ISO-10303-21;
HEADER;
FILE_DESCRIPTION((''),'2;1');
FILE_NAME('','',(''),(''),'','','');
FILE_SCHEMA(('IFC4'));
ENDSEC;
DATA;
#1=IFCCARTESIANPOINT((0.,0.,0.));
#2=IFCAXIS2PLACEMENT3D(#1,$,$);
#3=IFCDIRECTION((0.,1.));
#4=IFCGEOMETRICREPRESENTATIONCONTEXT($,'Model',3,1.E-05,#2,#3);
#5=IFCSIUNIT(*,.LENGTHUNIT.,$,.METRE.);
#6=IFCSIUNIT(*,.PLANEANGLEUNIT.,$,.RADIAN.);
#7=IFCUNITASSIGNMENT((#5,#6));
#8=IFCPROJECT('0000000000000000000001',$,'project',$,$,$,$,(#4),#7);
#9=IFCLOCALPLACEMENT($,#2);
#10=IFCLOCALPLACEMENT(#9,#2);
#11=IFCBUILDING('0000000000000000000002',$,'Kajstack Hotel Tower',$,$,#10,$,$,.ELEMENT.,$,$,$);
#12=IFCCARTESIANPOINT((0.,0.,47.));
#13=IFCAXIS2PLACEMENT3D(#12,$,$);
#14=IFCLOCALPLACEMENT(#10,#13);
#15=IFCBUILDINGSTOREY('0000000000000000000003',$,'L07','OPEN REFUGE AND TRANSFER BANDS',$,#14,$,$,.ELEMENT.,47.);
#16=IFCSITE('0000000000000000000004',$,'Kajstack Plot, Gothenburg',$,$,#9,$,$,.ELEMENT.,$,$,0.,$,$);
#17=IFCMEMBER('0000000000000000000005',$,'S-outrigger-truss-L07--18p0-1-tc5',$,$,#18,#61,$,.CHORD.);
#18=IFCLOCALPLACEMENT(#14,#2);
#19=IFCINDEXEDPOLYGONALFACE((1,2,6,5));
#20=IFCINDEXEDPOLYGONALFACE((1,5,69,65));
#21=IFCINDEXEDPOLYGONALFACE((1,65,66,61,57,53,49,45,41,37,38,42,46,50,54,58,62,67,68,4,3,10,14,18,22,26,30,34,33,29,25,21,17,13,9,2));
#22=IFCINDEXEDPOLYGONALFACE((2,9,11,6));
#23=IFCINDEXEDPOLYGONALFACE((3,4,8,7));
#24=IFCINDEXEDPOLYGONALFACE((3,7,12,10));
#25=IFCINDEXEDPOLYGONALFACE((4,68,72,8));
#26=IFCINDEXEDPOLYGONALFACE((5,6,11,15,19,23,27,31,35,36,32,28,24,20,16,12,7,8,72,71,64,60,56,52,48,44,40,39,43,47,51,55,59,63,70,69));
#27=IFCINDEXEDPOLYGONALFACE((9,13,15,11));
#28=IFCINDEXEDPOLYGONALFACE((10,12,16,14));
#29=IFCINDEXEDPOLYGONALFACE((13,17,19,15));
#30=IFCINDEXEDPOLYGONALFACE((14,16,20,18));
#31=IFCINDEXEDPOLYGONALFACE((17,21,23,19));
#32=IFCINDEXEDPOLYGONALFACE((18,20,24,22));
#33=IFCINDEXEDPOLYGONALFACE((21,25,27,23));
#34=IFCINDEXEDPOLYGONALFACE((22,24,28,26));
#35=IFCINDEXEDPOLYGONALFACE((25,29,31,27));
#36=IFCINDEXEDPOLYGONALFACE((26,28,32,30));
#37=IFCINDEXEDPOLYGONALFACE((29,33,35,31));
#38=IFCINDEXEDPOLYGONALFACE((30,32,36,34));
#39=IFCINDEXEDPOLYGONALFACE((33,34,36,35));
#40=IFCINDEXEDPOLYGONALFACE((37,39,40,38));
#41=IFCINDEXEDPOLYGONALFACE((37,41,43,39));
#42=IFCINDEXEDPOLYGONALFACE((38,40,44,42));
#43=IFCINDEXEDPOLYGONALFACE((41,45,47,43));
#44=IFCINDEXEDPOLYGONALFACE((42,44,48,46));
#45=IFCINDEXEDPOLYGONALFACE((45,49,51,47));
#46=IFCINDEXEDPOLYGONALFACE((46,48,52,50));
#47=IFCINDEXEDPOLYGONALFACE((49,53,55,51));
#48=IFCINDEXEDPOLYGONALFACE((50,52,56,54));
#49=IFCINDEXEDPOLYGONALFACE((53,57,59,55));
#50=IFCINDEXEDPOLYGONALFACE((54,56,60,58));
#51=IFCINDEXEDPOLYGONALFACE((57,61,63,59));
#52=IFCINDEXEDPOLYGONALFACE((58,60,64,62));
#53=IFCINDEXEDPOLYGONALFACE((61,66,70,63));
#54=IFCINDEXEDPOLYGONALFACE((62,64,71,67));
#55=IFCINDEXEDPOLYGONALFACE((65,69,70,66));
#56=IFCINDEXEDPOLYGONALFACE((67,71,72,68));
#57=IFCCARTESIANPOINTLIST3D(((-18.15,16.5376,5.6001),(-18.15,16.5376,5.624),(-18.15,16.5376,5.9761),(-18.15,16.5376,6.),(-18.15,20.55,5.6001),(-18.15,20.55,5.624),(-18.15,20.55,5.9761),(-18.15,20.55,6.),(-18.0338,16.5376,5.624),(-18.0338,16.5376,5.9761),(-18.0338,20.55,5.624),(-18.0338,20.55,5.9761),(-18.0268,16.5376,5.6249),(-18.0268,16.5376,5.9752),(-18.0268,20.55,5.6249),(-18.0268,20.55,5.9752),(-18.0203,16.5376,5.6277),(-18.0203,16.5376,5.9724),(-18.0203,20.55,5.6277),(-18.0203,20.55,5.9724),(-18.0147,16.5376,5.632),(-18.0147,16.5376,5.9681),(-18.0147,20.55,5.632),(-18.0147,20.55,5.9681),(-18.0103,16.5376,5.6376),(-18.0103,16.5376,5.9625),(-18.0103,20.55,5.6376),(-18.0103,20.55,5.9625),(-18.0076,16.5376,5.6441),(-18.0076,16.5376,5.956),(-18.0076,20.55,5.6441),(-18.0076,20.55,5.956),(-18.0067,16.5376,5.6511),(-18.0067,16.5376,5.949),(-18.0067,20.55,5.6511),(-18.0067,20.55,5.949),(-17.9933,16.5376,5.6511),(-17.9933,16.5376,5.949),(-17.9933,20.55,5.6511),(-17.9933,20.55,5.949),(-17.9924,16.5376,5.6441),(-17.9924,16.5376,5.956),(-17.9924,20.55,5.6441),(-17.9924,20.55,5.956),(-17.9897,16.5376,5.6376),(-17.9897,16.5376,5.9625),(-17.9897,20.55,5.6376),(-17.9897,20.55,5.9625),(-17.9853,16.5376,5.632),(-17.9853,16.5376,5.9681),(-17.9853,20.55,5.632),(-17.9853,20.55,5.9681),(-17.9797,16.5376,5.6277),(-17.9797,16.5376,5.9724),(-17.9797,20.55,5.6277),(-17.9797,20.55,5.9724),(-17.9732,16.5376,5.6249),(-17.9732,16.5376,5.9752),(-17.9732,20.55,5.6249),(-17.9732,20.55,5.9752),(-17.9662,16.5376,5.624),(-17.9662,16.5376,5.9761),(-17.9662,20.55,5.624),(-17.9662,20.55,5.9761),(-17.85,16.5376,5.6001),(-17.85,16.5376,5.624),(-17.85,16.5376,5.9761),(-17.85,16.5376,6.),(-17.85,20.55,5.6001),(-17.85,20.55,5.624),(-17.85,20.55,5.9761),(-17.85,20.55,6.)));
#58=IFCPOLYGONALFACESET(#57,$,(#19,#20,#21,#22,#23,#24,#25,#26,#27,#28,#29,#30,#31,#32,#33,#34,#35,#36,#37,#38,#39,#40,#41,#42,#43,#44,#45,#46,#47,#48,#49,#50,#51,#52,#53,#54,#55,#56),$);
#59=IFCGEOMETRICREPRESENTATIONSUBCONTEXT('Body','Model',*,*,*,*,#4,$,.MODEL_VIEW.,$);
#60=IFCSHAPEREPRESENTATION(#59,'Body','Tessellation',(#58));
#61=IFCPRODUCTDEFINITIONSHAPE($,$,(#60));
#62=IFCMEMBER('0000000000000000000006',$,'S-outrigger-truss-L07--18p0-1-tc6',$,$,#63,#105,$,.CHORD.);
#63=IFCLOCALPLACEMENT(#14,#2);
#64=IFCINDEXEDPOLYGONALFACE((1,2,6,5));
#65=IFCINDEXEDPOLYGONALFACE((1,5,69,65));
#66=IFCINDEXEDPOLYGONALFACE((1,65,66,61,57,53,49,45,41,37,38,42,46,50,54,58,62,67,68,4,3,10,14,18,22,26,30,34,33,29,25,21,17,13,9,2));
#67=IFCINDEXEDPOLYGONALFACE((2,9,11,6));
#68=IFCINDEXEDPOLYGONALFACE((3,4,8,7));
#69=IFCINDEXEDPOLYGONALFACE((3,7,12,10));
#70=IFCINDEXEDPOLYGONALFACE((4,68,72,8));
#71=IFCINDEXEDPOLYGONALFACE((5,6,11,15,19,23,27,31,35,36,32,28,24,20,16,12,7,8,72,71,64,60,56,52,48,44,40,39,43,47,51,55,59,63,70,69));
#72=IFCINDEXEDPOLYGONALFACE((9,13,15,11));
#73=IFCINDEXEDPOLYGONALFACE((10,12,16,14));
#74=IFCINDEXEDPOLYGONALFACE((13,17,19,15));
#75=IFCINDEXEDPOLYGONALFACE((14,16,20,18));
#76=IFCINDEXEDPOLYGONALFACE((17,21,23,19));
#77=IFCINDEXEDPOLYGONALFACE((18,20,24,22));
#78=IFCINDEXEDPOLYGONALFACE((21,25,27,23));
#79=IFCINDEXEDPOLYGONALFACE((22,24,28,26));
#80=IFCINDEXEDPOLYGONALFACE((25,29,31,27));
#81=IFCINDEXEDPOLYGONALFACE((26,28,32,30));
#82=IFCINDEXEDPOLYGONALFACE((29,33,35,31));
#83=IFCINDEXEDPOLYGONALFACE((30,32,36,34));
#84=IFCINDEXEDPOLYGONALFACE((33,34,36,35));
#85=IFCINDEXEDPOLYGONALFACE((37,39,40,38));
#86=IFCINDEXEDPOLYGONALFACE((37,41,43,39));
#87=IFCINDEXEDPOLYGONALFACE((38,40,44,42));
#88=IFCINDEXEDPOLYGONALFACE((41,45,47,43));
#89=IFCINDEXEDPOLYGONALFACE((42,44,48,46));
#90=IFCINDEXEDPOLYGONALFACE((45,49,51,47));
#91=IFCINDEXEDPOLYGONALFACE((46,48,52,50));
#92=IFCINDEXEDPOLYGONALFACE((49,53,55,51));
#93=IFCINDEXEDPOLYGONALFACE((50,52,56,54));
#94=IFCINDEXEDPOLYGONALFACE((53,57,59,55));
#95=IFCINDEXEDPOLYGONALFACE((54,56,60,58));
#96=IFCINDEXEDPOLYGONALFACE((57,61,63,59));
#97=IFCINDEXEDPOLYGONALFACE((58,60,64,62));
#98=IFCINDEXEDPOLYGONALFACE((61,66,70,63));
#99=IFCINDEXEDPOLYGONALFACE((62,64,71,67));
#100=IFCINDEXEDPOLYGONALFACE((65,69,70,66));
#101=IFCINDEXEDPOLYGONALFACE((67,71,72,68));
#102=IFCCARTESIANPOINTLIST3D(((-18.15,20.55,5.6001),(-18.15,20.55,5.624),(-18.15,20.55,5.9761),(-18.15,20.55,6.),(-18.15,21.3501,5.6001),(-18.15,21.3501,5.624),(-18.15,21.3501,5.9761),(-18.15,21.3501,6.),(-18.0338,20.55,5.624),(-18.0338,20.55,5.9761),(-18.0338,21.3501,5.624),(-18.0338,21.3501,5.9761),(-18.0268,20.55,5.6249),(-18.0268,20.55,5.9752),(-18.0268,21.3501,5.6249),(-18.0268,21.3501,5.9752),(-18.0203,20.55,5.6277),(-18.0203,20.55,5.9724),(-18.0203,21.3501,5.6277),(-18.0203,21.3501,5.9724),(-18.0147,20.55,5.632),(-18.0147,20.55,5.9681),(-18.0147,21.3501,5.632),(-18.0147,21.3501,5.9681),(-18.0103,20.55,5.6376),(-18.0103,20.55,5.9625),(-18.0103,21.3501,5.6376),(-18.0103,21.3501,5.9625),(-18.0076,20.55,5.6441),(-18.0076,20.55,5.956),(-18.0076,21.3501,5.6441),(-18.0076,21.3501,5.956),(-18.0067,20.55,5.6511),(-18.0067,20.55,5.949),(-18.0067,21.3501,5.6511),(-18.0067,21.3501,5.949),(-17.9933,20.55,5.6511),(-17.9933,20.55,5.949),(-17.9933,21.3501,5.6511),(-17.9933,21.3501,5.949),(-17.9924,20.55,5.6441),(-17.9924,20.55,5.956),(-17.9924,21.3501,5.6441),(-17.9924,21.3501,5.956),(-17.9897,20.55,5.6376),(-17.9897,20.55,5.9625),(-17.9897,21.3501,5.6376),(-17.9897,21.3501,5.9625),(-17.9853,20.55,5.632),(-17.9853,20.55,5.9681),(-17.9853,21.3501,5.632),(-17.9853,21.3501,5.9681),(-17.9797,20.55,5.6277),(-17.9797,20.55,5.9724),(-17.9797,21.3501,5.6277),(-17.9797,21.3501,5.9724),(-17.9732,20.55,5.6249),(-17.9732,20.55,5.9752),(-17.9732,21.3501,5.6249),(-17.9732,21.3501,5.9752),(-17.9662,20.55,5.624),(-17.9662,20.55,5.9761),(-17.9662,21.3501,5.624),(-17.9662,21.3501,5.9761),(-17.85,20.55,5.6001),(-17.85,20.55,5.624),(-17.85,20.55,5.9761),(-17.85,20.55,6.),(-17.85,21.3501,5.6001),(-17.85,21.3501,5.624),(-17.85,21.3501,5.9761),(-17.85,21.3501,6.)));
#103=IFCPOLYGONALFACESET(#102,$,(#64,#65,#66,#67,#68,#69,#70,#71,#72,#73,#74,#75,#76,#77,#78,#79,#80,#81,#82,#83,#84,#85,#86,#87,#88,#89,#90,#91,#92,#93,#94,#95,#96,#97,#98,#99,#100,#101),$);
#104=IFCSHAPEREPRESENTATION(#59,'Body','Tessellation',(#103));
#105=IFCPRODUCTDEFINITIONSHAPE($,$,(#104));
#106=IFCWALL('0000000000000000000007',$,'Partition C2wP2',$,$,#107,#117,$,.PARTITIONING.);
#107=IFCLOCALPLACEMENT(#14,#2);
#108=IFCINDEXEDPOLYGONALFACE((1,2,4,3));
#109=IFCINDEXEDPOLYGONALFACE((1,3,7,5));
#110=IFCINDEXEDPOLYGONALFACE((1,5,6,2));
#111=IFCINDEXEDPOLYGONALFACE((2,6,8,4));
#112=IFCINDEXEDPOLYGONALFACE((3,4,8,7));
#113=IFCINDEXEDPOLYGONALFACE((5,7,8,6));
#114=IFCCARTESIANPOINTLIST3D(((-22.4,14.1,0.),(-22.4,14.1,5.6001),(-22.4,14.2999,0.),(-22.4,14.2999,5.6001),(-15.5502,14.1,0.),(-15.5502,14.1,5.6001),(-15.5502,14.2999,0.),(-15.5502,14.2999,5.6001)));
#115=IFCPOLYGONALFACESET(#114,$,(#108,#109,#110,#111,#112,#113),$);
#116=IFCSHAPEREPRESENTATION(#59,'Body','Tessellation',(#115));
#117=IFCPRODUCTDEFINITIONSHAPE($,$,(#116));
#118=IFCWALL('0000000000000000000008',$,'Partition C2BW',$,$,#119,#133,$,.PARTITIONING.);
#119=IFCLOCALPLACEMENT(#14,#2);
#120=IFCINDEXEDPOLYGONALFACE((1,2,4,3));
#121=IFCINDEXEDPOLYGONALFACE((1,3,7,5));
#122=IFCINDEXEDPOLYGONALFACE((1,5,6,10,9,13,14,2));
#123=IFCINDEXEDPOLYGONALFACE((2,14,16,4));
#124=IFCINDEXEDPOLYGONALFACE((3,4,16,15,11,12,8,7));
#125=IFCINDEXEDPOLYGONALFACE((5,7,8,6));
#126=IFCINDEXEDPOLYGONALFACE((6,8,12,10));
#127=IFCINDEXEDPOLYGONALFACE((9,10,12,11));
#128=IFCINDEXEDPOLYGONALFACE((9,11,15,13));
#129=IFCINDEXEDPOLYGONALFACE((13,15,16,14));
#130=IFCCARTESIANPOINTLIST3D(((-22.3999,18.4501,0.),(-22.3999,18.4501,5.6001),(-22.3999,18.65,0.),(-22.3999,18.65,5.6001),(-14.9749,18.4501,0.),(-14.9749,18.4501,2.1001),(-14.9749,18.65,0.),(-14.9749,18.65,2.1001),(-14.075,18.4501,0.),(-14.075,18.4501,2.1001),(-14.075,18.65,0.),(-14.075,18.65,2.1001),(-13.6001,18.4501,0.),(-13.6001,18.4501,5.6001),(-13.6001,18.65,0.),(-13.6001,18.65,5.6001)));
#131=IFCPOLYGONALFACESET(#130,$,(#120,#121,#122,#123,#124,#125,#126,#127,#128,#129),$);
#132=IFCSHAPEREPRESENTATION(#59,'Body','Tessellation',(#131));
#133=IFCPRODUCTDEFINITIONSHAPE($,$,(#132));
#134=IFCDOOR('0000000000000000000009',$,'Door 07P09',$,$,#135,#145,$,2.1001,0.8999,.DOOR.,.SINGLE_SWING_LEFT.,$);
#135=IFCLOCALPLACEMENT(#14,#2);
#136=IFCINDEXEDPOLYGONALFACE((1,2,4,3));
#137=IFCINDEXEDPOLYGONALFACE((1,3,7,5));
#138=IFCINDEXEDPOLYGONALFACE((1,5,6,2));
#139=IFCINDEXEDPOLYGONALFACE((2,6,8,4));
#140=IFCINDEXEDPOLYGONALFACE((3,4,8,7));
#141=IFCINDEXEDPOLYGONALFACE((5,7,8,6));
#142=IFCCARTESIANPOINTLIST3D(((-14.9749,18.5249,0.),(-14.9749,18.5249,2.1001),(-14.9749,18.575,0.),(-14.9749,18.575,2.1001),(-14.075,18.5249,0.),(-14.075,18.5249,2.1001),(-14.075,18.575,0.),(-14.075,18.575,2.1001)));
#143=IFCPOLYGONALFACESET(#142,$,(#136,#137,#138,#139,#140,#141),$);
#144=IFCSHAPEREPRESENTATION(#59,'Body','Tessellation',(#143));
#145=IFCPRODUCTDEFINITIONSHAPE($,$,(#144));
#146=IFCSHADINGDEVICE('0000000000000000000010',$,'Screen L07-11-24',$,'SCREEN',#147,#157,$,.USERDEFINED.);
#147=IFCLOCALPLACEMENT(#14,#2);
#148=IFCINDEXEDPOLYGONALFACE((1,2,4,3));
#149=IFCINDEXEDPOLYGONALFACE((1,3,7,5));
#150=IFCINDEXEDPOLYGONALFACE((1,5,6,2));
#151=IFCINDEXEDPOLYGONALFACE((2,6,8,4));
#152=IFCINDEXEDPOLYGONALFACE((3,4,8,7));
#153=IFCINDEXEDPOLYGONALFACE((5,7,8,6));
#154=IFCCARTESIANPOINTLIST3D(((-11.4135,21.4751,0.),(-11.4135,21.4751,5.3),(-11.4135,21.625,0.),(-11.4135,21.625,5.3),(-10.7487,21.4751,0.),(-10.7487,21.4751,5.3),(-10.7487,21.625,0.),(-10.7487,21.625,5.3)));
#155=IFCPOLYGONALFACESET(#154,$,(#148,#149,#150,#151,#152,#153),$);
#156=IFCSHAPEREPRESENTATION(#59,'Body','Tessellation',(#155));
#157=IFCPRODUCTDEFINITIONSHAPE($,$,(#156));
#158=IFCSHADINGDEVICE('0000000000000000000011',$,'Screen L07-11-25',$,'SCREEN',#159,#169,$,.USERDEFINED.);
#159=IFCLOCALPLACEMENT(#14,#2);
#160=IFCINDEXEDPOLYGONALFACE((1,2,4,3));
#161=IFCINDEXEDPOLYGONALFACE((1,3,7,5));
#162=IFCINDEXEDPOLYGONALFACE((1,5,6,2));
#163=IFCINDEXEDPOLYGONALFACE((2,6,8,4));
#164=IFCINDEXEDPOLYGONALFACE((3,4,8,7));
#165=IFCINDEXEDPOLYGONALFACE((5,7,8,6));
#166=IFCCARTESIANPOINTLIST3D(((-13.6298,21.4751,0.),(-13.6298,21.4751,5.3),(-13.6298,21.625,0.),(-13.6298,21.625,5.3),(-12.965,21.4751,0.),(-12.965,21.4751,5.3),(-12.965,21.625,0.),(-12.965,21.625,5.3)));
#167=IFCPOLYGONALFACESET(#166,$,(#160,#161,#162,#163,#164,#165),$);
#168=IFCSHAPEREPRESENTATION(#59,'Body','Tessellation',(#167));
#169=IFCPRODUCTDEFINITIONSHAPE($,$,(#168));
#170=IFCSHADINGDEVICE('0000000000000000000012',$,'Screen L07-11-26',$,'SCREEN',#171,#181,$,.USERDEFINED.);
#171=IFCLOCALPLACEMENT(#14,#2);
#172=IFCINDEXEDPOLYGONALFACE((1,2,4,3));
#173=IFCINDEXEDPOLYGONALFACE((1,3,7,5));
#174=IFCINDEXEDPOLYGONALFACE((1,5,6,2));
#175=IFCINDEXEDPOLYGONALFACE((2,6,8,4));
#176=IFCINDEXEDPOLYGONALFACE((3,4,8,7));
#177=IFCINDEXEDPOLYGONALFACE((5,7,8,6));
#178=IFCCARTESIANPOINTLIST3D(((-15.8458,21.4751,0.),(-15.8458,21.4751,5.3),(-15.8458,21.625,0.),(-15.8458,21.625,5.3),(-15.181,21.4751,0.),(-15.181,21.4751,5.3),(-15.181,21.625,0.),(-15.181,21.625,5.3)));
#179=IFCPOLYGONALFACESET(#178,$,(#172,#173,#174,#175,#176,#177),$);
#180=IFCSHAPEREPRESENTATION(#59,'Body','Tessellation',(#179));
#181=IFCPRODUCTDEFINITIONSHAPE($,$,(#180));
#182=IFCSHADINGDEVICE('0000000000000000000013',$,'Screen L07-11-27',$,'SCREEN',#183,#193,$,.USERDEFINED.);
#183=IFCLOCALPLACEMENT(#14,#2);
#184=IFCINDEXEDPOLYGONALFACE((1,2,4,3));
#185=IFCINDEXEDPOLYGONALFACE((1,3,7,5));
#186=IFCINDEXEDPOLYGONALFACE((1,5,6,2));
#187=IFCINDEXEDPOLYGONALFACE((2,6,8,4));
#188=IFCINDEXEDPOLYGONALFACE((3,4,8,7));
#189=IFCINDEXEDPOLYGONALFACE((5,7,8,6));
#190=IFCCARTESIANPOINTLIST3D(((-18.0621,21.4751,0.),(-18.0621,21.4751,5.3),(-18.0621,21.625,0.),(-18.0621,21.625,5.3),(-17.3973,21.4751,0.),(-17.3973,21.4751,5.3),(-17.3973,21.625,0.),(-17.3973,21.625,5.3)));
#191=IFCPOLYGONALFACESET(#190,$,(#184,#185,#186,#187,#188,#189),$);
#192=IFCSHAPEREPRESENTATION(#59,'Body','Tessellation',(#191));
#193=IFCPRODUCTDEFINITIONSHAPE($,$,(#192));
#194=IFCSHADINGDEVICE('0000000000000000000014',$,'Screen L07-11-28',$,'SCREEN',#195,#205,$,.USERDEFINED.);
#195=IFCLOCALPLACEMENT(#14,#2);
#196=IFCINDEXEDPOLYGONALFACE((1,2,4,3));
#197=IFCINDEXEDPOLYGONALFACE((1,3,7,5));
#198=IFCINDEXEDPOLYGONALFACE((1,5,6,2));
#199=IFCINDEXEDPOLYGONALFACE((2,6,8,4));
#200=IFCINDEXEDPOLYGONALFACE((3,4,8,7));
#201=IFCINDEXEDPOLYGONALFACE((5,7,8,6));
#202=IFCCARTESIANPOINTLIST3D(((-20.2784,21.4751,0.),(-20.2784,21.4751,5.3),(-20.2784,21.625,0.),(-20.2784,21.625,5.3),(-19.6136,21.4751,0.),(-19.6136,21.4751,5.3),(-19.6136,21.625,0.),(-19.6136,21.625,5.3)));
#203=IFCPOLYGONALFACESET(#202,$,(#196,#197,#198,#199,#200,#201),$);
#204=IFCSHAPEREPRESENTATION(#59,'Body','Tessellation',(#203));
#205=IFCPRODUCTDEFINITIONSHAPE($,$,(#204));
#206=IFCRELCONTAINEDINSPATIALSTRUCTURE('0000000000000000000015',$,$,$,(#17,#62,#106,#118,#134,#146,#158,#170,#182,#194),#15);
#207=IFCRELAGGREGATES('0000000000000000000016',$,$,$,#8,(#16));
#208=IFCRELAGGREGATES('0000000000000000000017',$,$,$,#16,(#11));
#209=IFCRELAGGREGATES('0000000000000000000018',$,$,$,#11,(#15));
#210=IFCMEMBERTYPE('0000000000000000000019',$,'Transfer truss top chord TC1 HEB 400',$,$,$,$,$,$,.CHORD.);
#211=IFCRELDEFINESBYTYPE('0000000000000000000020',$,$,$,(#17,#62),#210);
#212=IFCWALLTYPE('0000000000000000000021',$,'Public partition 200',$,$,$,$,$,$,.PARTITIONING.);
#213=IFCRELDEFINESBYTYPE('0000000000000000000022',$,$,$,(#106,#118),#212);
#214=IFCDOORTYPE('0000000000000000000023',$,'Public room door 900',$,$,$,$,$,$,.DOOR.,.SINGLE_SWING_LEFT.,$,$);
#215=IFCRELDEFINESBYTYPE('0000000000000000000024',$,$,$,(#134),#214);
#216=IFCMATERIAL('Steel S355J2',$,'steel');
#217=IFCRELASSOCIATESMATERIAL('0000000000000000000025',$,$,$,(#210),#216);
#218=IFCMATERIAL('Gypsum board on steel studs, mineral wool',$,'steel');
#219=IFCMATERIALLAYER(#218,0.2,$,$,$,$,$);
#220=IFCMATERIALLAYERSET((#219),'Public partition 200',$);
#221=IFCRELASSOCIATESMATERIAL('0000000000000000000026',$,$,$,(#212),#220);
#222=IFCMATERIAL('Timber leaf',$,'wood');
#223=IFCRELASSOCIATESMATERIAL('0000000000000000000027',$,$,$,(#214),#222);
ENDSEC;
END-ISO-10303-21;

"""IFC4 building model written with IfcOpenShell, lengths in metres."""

from ifc_helpers import new_model, si_unit, direction, frame, frame_2d, origin, origin_2d, place, context, subcontext, project, spatial, rectangle, i_section, extrude, material, layer, layer_set, material_profile, profile_set, type_object, element, fill, save


model = new_model("IFC4")

# Units and contexts
model_context = context("Model", 3, precision=1e-05, world=origin(), true_north=direction((0.0, 1.0)))
body_context = subcontext(model_context, "Body", "Model", "MODEL_VIEW")
ifc_project = project(units=[si_unit("LENGTHUNIT", "METRE"), si_unit("PLANEANGLEUNIT", "RADIAN")], contexts=[model_context])

# Site, building, storey
site_placement = place(None, origin())
site = spatial("IfcSite", under=ifc_project, at=site_placement, Name="Kajstack Plot, Gothenburg", CompositionType="ELEMENT", RefElevation=0.0)
building_placement = place(site_placement, origin())
building = spatial("IfcBuilding", under=site, at=building_placement, Name="Kajstack Hotel Tower", CompositionType="ELEMENT")
storey_placement = place(building_placement, frame((0.0, 0.0, 47.0)))
storey = spatial("IfcBuildingStorey", under=building, at=storey_placement, Name="L07", Description="OPEN REFUGE AND TRANSFER BANDS", CompositionType="ELEMENT", Elevation=47.0)

# Members
ifc_material_1 = material(Name="Steel S355J2", Category="steel")
ifc_material_profile_1 = material_profile(ifc_material_1, i_section(OverallWidth=0.3, OverallDepth=0.3999, WebThickness=0.0134, FlangeThickness=0.0239, FilletRadius=0.0271, at=origin_2d()), Name="HEB 400")
ifc_profile_set_1 = profile_set([ifc_material_profile_1], Name="Steel S355J2")
member_type_1 = type_object("IfcMemberType", Name="Transfer truss top chord TC1 HEB 400", PredefinedType="CHORD", material=ifc_profile_set_1)
member_1_placement = place(storey_placement, frame((-18.0, 16.5376, 5.8), z_axis=(0.0, 1.0, 0.0), x_axis=(-1.0, 0.0, 0.0)))
element("IfcMember", 1, at=member_1_placement, inside=storey, type_object=member_type_1, Name="S-outrigger-truss-L07--18p0-1-tc5", PredefinedType="CHORD", context=body_context, shape_type="SweptSolid", body=[
    extrude(i_section(OverallWidth=0.3, OverallDepth=0.3999, WebThickness=0.0134, FlangeThickness=0.0239, FilletRadius=0.0271, at=origin_2d()), origin(), (0.0, 0.0, 1.0), 4.0125),
])
member_2_placement = place(storey_placement, frame((-18.0, 20.55, 5.8), z_axis=(0.0, 1.0, 0.0), x_axis=(-1.0, 0.0, 0.0)))
element("IfcMember", 2, at=member_2_placement, inside=storey, type_object=member_type_1, Name="S-outrigger-truss-L07--18p0-1-tc6", PredefinedType="CHORD", context=body_context, shape_type="SweptSolid", body=[
    extrude(i_section(OverallWidth=0.3, OverallDepth=0.3999, WebThickness=0.0134, FlangeThickness=0.0239, FilletRadius=0.0271, at=origin_2d()), origin(), (0.0, 0.0, 1.0), 0.8),
])

# Wall
ifc_material_2 = material(Name="Gypsum board on steel studs, mineral wool", Category="steel")
ifc_layer_1 = layer(ifc_material_2, 0.2)
ifc_layer_set_1 = layer_set([ifc_layer_1], Name="Public partition 200")
wall_type = type_object("IfcWallType", Name="Public partition 200", PredefinedType="PARTITIONING", material=ifc_layer_set_1)
wall_1_placement = place(storey_placement, frame((-22.3999, 14.2, 0.0), z_axis=(0.0, 0.0, 1.0), x_axis=(1.0, 0.0, 0.0)))
element("IfcWall", 3, at=wall_1_placement, inside=storey, type_object=wall_type, Name="Partition C2wP2", PredefinedType="PARTITIONING", context=body_context, shape_type="SweptSolid", body=[
    extrude(rectangle(XDim=6.8499, YDim=0.2, at=frame_2d((3.4248, 0.0))), origin(), (0.0, 0.0, 1.0), 5.6001),
])

# Wall, opening, door
wall_2_placement = place(storey_placement, frame((-22.3999, 18.55, 0.0), z_axis=(0.0, 0.0, 1.0), x_axis=(1.0, 0.0, 0.0)))
wall_2 = element("IfcWall", 4, at=wall_2_placement, inside=storey, type_object=wall_type, Name="Partition C2BW", PredefinedType="PARTITIONING", context=body_context, shape_type="SweptSolid", body=[
    extrude(rectangle(XDim=8.7998, YDim=0.2, at=frame_2d((4.3999, 0.0))), origin(), (0.0, 0.0, 1.0), 5.6001),
])
opening_placement = place(wall_2_placement, frame((7.425, 0.0, 0.0)))
opening = element("IfcOpeningElement", 5, at=opening_placement, cuts=wall_2, PredefinedType="OPENING", context=body_context, shape_type="SweptSolid", body=[
    extrude(rectangle(XDim=0.8999, YDim=2.1001, at=frame_2d((0.45, 1.05))), frame((0.0, 0.1099, 0.0), z_axis=(0.0, -1.0, 0.0), x_axis=(1.0, 0.0, 0.0)), (0.0, 0.0, 1.0), 0.22),
])
ifc_material_3 = material(Name="Timber leaf", Category="wood")
door_type = type_object("IfcDoorType", Name="Public room door 900", OperationType="SINGLE_SWING_LEFT", PredefinedType="DOOR", material=ifc_material_3)
door_placement = place(opening_placement, origin())
door = element("IfcDoor", 6, at=door_placement, inside=storey, type_object=door_type, Name="Door 07P09", OperationType="SINGLE_SWING_LEFT", OverallHeight=2.1001, OverallWidth=0.8999, PredefinedType="DOOR", context=body_context, shape_type="SweptSolid", body=[
    extrude(rectangle(XDim=0.8999, YDim=2.1001, at=frame_2d((0.45, 1.05))), frame((0.0, 0.0249, 0.0), z_axis=(0.0, -1.0, 0.0), x_axis=(1.0, 0.0, 0.0)), (0.0, 0.0, 1.0), 0.05),
])
fill(opening, door)

# Shading devices
for number, where, z_axis, x_axis, name in (
    (7, (-11.0811, 21.55, 0.0), (0.0, 0.0, 1.0), (-1.0, 0.0, 0.0), "Screen L07-11-24"),
    (8, (-13.2974, 21.55, 0.0), (0.0, 0.0, 1.0), (-1.0, 0.0, 0.0), "Screen L07-11-25"),
    (9, (-15.5134, 21.55, 0.0), (0.0, 0.0, 1.0), (-1.0, 0.0, 0.0), "Screen L07-11-26"),
    (10, (-17.7297, 21.55, 0.0), (0.0, 0.0, 1.0), (-1.0, 0.0, 0.0), "Screen L07-11-27"),
    (11, (-19.946, 21.55, 0.0), (0.0, 0.0, 1.0), (-1.0, 0.0, 0.0), "Screen L07-11-28"),
):
    element("IfcShadingDevice", number, at=place(storey_placement, frame(where, z_axis=z_axis, x_axis=x_axis)), inside=storey, Name=name, ObjectType="SCREEN", PredefinedType="USERDEFINED", context=body_context, shape_type="SweptSolid", body=[
        extrude(rectangle(XDim=0.6648, YDim=0.1499, at=origin_2d()), origin(), (0.0, 0.0, 1.0), 5.3),
    ])

save(model, "model.ifc")
